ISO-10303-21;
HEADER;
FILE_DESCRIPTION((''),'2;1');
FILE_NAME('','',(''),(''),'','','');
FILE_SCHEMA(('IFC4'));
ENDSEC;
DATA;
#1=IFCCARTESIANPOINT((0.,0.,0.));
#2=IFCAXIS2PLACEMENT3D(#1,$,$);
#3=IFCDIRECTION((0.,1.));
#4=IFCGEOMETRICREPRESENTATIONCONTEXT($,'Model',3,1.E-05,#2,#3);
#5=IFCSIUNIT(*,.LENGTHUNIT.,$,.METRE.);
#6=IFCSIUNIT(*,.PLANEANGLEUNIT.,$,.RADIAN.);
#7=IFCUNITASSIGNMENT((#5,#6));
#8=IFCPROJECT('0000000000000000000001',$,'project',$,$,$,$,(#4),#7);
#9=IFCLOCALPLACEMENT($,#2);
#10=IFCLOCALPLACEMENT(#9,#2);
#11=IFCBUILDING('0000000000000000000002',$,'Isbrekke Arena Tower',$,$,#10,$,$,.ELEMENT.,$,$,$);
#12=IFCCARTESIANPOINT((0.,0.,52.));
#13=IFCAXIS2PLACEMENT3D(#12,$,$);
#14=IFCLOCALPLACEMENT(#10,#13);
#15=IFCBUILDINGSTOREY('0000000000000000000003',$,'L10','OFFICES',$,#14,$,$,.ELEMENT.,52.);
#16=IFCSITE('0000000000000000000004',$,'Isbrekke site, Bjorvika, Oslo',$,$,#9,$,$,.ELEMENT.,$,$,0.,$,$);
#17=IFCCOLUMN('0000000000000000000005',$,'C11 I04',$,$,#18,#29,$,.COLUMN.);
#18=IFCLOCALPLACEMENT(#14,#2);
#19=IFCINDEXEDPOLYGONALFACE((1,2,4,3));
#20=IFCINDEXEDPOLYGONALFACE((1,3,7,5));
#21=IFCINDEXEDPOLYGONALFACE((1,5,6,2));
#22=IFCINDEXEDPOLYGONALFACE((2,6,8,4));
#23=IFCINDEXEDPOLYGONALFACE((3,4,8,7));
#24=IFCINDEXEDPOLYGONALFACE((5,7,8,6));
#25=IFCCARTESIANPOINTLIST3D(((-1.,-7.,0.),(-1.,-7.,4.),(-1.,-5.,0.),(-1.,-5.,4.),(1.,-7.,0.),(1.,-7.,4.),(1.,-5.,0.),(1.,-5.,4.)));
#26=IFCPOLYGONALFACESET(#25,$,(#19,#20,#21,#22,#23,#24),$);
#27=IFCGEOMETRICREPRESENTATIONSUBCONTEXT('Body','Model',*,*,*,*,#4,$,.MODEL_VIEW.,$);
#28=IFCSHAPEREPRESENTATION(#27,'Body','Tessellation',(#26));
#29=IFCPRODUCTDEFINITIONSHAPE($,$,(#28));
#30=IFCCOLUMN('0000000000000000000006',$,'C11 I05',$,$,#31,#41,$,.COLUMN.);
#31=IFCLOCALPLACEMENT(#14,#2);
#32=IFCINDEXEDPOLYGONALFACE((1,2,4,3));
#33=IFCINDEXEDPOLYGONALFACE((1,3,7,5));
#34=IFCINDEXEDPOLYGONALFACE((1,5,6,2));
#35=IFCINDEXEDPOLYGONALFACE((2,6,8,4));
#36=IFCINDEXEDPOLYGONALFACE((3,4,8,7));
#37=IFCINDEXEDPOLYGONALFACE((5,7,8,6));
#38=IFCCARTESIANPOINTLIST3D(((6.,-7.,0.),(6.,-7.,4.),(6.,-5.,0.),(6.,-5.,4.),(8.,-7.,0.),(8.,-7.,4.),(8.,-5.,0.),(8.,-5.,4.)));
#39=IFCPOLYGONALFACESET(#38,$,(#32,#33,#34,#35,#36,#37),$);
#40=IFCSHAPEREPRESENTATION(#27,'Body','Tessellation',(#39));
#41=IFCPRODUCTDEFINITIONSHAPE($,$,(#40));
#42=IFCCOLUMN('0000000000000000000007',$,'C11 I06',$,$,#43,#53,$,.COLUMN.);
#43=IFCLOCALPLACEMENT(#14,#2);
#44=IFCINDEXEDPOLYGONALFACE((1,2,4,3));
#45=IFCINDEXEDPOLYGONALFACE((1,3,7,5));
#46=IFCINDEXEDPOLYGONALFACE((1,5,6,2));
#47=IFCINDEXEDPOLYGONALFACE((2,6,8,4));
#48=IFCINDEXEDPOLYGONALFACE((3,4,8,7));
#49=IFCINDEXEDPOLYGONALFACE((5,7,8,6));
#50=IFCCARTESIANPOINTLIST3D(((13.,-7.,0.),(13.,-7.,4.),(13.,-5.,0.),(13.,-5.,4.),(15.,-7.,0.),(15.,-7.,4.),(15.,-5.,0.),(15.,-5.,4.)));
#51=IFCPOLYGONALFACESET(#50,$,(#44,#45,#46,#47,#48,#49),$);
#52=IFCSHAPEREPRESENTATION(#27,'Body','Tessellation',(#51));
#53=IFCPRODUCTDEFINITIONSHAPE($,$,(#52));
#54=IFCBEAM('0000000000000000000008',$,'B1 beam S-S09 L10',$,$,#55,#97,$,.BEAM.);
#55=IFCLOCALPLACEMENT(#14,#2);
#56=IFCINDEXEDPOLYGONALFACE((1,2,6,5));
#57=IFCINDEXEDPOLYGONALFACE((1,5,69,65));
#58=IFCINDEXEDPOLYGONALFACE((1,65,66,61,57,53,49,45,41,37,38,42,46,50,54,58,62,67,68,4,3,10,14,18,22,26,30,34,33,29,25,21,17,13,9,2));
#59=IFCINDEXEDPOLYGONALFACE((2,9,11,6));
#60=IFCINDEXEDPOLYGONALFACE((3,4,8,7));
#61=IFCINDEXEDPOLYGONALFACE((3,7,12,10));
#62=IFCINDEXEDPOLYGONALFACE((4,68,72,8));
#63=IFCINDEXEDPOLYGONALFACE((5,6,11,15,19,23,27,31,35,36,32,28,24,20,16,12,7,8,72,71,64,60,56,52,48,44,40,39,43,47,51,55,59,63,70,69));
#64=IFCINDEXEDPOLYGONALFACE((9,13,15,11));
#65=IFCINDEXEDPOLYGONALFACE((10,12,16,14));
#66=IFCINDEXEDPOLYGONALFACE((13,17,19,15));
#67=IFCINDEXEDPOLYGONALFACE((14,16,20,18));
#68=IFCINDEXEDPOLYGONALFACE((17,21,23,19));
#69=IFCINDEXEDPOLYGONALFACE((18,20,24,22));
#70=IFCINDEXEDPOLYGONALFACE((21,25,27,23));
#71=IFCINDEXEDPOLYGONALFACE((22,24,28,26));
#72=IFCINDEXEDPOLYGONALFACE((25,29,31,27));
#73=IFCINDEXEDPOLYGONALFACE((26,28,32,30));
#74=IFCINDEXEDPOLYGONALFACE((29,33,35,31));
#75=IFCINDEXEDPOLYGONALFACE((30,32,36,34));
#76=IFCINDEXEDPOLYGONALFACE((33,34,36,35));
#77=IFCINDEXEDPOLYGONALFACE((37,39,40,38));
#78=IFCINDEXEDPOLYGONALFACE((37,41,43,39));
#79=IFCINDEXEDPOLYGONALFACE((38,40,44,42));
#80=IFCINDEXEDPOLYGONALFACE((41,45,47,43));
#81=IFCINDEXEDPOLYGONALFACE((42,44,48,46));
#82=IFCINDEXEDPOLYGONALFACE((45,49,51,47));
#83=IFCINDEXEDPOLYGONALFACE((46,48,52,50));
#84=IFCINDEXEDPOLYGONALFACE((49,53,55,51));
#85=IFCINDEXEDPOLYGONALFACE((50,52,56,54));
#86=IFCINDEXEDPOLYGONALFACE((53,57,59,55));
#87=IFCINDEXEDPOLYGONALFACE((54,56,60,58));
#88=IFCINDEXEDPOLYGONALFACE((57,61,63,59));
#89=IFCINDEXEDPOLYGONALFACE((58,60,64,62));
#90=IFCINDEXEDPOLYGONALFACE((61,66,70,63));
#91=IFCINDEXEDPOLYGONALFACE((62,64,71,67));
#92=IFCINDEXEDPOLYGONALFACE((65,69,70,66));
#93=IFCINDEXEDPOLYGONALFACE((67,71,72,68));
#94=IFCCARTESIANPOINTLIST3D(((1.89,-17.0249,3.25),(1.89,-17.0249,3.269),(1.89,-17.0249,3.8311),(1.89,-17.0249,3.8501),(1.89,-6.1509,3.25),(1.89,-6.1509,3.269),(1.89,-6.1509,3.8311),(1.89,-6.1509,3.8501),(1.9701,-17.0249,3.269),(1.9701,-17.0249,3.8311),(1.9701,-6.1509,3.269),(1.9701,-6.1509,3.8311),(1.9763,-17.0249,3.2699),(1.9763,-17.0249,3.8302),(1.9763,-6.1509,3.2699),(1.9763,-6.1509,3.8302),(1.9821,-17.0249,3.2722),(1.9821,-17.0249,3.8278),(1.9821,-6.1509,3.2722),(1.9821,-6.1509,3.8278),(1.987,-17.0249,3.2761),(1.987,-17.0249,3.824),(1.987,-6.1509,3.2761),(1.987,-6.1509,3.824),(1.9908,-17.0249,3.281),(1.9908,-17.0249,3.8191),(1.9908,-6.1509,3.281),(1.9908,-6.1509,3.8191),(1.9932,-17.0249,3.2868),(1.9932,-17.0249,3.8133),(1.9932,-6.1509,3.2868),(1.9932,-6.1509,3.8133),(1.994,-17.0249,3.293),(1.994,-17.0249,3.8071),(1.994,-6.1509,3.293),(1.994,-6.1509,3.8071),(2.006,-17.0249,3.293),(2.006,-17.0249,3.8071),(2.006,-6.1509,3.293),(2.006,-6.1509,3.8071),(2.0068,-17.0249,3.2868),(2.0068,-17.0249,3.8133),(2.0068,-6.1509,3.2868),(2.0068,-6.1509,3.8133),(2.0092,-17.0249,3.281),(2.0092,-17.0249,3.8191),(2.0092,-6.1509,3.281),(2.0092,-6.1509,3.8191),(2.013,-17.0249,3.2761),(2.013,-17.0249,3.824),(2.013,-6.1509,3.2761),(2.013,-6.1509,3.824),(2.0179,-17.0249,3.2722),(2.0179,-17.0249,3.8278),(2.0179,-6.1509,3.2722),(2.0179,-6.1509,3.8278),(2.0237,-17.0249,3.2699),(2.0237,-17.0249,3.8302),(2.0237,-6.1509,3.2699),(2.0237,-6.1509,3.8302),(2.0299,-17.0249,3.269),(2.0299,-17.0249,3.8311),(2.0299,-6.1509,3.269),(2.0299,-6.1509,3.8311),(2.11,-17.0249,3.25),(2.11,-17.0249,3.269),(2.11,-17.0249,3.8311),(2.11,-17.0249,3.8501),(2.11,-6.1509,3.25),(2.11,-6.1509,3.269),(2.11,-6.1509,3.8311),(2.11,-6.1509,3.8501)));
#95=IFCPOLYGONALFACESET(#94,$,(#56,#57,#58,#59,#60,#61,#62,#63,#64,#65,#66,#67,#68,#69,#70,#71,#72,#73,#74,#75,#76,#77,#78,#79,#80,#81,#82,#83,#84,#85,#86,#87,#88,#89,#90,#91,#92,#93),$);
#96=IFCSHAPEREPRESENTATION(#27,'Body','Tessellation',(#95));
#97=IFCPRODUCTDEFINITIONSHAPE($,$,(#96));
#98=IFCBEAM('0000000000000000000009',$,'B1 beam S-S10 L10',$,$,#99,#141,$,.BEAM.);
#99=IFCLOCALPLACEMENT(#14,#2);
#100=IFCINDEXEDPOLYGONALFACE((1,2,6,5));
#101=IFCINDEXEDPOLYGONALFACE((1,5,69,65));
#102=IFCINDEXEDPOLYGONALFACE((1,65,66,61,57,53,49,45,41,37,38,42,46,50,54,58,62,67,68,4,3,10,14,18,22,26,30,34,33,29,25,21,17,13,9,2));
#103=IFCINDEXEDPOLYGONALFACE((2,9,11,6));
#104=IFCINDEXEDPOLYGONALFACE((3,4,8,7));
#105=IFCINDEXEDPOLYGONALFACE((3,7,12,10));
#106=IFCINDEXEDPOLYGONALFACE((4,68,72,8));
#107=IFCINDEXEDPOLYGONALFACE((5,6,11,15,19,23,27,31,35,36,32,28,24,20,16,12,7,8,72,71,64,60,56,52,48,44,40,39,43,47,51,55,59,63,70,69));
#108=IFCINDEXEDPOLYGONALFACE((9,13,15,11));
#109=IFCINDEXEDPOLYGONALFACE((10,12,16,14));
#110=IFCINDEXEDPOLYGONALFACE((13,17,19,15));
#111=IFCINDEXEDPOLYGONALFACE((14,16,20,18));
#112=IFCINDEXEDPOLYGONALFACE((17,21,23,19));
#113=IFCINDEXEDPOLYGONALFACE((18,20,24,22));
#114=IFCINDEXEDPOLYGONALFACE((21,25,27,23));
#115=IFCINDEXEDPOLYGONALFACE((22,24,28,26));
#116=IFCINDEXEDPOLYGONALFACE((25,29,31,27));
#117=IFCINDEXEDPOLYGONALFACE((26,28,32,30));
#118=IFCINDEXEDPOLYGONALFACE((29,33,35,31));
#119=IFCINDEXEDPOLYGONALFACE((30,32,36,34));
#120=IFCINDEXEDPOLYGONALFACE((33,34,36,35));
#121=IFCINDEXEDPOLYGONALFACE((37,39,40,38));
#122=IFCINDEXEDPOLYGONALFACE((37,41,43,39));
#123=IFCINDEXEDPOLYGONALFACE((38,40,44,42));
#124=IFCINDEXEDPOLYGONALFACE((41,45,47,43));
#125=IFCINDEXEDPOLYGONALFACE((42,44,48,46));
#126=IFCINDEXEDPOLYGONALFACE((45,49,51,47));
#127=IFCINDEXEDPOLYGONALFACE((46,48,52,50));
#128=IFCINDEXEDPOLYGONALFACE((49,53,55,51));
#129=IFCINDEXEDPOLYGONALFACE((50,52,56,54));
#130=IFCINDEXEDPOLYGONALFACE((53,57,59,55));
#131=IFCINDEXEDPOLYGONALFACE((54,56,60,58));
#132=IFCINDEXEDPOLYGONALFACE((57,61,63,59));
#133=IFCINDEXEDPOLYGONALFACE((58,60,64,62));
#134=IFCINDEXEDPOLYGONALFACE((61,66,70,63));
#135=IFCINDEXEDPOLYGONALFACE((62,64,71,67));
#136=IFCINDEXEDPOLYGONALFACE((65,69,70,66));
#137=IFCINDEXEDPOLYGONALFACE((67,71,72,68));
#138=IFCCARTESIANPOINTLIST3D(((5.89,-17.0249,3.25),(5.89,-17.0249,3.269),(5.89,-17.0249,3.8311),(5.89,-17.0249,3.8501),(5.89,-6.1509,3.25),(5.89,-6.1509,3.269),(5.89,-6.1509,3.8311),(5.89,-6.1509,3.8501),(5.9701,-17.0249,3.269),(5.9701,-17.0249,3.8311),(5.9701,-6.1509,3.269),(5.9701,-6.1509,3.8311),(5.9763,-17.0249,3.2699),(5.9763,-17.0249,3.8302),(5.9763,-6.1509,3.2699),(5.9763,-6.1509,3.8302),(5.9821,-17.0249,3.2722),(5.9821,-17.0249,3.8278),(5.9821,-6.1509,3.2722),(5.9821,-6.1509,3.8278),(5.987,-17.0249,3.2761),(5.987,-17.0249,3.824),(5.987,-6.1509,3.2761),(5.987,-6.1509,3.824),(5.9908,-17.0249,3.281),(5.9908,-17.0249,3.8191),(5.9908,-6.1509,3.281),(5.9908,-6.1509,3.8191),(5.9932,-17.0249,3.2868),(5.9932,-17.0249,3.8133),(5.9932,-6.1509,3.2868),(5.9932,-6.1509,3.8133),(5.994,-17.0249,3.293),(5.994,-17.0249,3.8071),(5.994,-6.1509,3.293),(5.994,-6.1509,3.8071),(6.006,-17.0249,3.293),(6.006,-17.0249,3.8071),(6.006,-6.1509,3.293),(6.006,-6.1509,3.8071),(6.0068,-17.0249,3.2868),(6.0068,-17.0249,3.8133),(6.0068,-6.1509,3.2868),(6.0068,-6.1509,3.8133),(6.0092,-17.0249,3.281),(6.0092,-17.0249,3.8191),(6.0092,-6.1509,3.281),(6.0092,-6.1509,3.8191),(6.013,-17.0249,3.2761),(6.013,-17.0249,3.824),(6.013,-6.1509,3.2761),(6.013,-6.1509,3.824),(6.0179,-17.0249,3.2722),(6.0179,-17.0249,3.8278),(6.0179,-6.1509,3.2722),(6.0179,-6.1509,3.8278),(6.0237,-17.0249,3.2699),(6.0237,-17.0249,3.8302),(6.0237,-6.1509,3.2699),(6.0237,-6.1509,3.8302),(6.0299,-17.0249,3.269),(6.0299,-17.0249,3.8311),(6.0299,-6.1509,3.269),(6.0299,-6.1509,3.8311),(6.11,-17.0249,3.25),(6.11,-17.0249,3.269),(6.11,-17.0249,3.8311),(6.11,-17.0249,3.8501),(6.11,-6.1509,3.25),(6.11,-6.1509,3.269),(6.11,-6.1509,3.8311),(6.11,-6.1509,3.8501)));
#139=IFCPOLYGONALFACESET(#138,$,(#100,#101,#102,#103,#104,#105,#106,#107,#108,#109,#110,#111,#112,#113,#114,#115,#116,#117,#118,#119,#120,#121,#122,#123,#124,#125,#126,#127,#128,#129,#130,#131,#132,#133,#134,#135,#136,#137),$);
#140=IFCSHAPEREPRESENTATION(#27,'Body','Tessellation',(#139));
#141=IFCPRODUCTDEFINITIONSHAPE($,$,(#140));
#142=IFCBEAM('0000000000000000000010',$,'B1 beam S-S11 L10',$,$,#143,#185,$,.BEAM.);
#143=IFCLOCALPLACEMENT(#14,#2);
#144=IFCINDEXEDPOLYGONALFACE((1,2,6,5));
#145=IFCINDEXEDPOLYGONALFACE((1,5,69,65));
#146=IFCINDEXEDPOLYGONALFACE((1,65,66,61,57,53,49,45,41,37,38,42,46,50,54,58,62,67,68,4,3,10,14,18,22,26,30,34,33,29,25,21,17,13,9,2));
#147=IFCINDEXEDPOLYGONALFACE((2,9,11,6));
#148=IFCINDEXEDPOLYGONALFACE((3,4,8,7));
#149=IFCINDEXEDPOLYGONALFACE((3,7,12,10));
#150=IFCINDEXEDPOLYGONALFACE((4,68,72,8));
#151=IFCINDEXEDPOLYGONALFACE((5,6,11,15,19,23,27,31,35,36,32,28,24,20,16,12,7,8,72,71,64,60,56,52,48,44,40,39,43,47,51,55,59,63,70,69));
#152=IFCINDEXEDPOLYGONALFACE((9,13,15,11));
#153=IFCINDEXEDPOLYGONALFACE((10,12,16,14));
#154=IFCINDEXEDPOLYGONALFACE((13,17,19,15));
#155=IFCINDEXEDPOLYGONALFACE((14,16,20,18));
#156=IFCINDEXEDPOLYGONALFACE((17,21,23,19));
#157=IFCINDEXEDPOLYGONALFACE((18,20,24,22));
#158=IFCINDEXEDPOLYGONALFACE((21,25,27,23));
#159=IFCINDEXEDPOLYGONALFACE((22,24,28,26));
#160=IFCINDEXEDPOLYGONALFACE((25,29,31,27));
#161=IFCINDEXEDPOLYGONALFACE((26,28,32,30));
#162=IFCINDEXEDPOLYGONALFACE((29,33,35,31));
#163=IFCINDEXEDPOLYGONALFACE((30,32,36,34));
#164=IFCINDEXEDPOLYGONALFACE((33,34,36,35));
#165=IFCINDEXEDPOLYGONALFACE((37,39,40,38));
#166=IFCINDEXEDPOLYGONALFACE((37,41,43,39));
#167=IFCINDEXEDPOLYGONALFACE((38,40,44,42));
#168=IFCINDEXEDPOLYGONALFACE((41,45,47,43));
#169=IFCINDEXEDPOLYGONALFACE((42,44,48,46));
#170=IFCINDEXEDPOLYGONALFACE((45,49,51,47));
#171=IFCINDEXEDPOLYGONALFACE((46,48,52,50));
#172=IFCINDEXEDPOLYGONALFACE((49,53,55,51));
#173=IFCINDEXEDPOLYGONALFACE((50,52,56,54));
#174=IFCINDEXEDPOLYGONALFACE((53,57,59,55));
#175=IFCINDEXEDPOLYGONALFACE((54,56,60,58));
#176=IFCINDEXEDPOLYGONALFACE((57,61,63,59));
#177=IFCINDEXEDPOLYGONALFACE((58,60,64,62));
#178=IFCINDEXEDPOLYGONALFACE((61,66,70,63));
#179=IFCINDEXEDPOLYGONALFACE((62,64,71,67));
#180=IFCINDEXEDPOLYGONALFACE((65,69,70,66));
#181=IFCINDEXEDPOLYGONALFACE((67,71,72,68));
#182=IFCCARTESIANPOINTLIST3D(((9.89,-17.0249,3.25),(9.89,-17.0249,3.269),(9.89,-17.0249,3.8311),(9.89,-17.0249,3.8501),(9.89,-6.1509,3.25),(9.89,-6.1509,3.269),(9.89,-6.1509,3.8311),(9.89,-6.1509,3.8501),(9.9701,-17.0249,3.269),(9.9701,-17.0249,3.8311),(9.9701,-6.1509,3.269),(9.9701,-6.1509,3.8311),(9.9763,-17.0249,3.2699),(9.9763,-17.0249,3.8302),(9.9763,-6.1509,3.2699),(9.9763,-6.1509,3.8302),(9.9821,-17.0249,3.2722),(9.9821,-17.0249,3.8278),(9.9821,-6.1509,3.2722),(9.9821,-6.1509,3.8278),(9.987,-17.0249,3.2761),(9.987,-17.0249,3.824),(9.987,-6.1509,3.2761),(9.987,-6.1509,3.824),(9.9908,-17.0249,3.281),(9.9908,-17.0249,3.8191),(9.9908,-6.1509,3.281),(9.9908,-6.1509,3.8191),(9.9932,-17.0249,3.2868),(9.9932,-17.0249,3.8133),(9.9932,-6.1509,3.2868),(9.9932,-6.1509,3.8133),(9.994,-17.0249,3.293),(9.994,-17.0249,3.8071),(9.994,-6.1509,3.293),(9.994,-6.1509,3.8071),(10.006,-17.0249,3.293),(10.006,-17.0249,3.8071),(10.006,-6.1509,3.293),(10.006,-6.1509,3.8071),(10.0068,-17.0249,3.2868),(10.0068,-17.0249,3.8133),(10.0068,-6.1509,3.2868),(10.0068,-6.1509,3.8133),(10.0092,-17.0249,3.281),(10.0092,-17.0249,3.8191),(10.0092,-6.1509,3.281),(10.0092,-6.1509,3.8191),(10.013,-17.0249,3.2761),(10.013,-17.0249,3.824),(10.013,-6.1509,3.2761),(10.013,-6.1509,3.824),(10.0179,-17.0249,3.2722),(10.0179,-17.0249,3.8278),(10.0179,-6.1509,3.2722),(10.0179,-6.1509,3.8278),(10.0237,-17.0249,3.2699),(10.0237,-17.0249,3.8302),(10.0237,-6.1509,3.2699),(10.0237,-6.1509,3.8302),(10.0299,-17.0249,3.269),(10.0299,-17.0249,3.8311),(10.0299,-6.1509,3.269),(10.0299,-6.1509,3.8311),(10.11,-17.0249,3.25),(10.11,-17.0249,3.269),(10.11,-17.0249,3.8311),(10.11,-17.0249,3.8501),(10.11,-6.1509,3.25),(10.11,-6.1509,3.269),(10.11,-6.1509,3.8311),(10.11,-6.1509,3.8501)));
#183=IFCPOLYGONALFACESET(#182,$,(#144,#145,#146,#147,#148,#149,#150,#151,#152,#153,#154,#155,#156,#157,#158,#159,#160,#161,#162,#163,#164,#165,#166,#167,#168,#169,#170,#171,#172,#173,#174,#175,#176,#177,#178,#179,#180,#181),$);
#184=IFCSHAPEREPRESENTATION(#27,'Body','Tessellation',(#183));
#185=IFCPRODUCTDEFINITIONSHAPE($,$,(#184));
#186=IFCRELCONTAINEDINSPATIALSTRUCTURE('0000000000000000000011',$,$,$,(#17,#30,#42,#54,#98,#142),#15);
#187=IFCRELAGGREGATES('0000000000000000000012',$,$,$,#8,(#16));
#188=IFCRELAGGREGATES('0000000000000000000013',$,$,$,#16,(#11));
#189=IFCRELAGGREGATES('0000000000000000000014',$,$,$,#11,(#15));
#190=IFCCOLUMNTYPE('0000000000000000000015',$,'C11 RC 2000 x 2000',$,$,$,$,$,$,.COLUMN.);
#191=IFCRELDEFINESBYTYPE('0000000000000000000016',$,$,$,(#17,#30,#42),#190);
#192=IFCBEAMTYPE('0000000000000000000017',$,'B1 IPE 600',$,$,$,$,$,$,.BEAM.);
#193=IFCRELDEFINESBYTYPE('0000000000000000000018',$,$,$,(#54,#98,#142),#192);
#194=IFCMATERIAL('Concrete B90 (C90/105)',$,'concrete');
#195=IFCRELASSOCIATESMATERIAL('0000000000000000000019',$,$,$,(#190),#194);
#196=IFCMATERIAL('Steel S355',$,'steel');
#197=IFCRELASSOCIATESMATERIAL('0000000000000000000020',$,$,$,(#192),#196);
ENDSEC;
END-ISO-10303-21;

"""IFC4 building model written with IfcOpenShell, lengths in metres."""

from ifc_helpers import new_model, si_unit, direction, frame, origin, origin_2d, place, context, subcontext, project, spatial, rectangle, i_section, extrude, material, material_profile, profile_set, type_object, element, save


model = new_model("IFC4")

# Units and contexts
model_context = context("Model", 3, precision=1e-05, world=origin(), true_north=direction((0.0, 1.0)))
body_context = subcontext(model_context, "Body", "Model", "MODEL_VIEW")
ifc_project = project(units=[si_unit("LENGTHUNIT", "METRE"), si_unit("PLANEANGLEUNIT", "RADIAN")], contexts=[model_context])

# Site, building, storey
site_placement = place(None, origin())
site = spatial("IfcSite", under=ifc_project, at=site_placement, Name="Isbrekke site, Bjorvika, Oslo", CompositionType="ELEMENT", RefElevation=0.0)
building_placement = place(site_placement, origin())
building = spatial("IfcBuilding", under=site, at=building_placement, Name="Isbrekke Arena Tower", CompositionType="ELEMENT")
storey_placement = place(building_placement, frame((0.0, 0.0, 52.0)))
storey = spatial("IfcBuildingStorey", under=building, at=storey_placement, Name="L10", Description="OFFICES", CompositionType="ELEMENT", Elevation=52.0)

# Columns
ifc_material_1 = material(Name="Concrete B90 (C90/105)", Category="concrete")
ifc_material_profile_1 = material_profile(ifc_material_1, rectangle(XDim=2.0, YDim=2.0, at=origin_2d()), Name="RC 2000x2000")
ifc_profile_set_1 = profile_set([ifc_material_profile_1], Name="Concrete B90 (C90/105)")
column_type = type_object("IfcColumnType", Name="C11 RC 2000 x 2000", PredefinedType="COLUMN", material=ifc_profile_set_1)
for number, where, z_axis, x_axis, name in (
    (1, (0.0, -6.0, 0.0), (0.0, 0.0, 1.0), (1.0, 0.0, 0.0), "C11 I04"),
    (2, (7.0, -6.0, 0.0), (0.0, 0.0, 1.0), (1.0, 0.0, 0.0), "C11 I05"),
    (3, (14.0, -6.0, 0.0), (0.0, 0.0, 1.0), (1.0, 0.0, 0.0), "C11 I06"),
):
    element("IfcColumn", number, at=place(storey_placement, frame(where, z_axis=z_axis, x_axis=x_axis)), inside=storey, type_object=column_type, Name=name, PredefinedType="COLUMN", context=body_context, shape_type="SweptSolid", body=[
        extrude(rectangle(XDim=2.0, YDim=2.0, at=origin_2d()), origin(), (0.0, 0.0, 1.0), 4.0),
    ])

# Beams
ifc_material_2 = material(Name="Steel S355", Category="steel")
ifc_material_profile_2 = material_profile(ifc_material_2, i_section(OverallWidth=0.22, OverallDepth=0.6001, WebThickness=0.012, FlangeThickness=0.019, FilletRadius=0.0239, at=origin_2d()), Name="IPE 600")
ifc_profile_set_2 = profile_set([ifc_material_profile_2], Name="Steel S355")
beam_type_1 = type_object("IfcBeamType", Name="B1 IPE 600", PredefinedType="BEAM", material=ifc_profile_set_2)
for number, where, z_axis, x_axis, name in (
    (4, (2.0, -17.0249, 3.55), (0.0, 1.0, 0.0), (-1.0, 0.0, 0.0), "B1 beam S-S09 L10"),
    (5, (6.0, -17.0249, 3.55), (0.0, 1.0, 0.0), (-1.0, 0.0, 0.0), "B1 beam S-S10 L10"),
    (6, (10.0, -17.0249, 3.55), (0.0, 1.0, 0.0), (-1.0, 0.0, 0.0), "B1 beam S-S11 L10"),
):
    element("IfcBeam", number, at=place(storey_placement, frame(where, z_axis=z_axis, x_axis=x_axis)), inside=storey, type_object=beam_type_1, Name=name, PredefinedType="BEAM", context=body_context, shape_type="SweptSolid", body=[
        extrude(i_section(OverallWidth=0.22, OverallDepth=0.6001, WebThickness=0.012, FlangeThickness=0.019, FilletRadius=0.0239, at=origin_2d()), origin(), (0.0, 0.0, 1.0), 10.874),
    ])

save(model, "model.ifc")
